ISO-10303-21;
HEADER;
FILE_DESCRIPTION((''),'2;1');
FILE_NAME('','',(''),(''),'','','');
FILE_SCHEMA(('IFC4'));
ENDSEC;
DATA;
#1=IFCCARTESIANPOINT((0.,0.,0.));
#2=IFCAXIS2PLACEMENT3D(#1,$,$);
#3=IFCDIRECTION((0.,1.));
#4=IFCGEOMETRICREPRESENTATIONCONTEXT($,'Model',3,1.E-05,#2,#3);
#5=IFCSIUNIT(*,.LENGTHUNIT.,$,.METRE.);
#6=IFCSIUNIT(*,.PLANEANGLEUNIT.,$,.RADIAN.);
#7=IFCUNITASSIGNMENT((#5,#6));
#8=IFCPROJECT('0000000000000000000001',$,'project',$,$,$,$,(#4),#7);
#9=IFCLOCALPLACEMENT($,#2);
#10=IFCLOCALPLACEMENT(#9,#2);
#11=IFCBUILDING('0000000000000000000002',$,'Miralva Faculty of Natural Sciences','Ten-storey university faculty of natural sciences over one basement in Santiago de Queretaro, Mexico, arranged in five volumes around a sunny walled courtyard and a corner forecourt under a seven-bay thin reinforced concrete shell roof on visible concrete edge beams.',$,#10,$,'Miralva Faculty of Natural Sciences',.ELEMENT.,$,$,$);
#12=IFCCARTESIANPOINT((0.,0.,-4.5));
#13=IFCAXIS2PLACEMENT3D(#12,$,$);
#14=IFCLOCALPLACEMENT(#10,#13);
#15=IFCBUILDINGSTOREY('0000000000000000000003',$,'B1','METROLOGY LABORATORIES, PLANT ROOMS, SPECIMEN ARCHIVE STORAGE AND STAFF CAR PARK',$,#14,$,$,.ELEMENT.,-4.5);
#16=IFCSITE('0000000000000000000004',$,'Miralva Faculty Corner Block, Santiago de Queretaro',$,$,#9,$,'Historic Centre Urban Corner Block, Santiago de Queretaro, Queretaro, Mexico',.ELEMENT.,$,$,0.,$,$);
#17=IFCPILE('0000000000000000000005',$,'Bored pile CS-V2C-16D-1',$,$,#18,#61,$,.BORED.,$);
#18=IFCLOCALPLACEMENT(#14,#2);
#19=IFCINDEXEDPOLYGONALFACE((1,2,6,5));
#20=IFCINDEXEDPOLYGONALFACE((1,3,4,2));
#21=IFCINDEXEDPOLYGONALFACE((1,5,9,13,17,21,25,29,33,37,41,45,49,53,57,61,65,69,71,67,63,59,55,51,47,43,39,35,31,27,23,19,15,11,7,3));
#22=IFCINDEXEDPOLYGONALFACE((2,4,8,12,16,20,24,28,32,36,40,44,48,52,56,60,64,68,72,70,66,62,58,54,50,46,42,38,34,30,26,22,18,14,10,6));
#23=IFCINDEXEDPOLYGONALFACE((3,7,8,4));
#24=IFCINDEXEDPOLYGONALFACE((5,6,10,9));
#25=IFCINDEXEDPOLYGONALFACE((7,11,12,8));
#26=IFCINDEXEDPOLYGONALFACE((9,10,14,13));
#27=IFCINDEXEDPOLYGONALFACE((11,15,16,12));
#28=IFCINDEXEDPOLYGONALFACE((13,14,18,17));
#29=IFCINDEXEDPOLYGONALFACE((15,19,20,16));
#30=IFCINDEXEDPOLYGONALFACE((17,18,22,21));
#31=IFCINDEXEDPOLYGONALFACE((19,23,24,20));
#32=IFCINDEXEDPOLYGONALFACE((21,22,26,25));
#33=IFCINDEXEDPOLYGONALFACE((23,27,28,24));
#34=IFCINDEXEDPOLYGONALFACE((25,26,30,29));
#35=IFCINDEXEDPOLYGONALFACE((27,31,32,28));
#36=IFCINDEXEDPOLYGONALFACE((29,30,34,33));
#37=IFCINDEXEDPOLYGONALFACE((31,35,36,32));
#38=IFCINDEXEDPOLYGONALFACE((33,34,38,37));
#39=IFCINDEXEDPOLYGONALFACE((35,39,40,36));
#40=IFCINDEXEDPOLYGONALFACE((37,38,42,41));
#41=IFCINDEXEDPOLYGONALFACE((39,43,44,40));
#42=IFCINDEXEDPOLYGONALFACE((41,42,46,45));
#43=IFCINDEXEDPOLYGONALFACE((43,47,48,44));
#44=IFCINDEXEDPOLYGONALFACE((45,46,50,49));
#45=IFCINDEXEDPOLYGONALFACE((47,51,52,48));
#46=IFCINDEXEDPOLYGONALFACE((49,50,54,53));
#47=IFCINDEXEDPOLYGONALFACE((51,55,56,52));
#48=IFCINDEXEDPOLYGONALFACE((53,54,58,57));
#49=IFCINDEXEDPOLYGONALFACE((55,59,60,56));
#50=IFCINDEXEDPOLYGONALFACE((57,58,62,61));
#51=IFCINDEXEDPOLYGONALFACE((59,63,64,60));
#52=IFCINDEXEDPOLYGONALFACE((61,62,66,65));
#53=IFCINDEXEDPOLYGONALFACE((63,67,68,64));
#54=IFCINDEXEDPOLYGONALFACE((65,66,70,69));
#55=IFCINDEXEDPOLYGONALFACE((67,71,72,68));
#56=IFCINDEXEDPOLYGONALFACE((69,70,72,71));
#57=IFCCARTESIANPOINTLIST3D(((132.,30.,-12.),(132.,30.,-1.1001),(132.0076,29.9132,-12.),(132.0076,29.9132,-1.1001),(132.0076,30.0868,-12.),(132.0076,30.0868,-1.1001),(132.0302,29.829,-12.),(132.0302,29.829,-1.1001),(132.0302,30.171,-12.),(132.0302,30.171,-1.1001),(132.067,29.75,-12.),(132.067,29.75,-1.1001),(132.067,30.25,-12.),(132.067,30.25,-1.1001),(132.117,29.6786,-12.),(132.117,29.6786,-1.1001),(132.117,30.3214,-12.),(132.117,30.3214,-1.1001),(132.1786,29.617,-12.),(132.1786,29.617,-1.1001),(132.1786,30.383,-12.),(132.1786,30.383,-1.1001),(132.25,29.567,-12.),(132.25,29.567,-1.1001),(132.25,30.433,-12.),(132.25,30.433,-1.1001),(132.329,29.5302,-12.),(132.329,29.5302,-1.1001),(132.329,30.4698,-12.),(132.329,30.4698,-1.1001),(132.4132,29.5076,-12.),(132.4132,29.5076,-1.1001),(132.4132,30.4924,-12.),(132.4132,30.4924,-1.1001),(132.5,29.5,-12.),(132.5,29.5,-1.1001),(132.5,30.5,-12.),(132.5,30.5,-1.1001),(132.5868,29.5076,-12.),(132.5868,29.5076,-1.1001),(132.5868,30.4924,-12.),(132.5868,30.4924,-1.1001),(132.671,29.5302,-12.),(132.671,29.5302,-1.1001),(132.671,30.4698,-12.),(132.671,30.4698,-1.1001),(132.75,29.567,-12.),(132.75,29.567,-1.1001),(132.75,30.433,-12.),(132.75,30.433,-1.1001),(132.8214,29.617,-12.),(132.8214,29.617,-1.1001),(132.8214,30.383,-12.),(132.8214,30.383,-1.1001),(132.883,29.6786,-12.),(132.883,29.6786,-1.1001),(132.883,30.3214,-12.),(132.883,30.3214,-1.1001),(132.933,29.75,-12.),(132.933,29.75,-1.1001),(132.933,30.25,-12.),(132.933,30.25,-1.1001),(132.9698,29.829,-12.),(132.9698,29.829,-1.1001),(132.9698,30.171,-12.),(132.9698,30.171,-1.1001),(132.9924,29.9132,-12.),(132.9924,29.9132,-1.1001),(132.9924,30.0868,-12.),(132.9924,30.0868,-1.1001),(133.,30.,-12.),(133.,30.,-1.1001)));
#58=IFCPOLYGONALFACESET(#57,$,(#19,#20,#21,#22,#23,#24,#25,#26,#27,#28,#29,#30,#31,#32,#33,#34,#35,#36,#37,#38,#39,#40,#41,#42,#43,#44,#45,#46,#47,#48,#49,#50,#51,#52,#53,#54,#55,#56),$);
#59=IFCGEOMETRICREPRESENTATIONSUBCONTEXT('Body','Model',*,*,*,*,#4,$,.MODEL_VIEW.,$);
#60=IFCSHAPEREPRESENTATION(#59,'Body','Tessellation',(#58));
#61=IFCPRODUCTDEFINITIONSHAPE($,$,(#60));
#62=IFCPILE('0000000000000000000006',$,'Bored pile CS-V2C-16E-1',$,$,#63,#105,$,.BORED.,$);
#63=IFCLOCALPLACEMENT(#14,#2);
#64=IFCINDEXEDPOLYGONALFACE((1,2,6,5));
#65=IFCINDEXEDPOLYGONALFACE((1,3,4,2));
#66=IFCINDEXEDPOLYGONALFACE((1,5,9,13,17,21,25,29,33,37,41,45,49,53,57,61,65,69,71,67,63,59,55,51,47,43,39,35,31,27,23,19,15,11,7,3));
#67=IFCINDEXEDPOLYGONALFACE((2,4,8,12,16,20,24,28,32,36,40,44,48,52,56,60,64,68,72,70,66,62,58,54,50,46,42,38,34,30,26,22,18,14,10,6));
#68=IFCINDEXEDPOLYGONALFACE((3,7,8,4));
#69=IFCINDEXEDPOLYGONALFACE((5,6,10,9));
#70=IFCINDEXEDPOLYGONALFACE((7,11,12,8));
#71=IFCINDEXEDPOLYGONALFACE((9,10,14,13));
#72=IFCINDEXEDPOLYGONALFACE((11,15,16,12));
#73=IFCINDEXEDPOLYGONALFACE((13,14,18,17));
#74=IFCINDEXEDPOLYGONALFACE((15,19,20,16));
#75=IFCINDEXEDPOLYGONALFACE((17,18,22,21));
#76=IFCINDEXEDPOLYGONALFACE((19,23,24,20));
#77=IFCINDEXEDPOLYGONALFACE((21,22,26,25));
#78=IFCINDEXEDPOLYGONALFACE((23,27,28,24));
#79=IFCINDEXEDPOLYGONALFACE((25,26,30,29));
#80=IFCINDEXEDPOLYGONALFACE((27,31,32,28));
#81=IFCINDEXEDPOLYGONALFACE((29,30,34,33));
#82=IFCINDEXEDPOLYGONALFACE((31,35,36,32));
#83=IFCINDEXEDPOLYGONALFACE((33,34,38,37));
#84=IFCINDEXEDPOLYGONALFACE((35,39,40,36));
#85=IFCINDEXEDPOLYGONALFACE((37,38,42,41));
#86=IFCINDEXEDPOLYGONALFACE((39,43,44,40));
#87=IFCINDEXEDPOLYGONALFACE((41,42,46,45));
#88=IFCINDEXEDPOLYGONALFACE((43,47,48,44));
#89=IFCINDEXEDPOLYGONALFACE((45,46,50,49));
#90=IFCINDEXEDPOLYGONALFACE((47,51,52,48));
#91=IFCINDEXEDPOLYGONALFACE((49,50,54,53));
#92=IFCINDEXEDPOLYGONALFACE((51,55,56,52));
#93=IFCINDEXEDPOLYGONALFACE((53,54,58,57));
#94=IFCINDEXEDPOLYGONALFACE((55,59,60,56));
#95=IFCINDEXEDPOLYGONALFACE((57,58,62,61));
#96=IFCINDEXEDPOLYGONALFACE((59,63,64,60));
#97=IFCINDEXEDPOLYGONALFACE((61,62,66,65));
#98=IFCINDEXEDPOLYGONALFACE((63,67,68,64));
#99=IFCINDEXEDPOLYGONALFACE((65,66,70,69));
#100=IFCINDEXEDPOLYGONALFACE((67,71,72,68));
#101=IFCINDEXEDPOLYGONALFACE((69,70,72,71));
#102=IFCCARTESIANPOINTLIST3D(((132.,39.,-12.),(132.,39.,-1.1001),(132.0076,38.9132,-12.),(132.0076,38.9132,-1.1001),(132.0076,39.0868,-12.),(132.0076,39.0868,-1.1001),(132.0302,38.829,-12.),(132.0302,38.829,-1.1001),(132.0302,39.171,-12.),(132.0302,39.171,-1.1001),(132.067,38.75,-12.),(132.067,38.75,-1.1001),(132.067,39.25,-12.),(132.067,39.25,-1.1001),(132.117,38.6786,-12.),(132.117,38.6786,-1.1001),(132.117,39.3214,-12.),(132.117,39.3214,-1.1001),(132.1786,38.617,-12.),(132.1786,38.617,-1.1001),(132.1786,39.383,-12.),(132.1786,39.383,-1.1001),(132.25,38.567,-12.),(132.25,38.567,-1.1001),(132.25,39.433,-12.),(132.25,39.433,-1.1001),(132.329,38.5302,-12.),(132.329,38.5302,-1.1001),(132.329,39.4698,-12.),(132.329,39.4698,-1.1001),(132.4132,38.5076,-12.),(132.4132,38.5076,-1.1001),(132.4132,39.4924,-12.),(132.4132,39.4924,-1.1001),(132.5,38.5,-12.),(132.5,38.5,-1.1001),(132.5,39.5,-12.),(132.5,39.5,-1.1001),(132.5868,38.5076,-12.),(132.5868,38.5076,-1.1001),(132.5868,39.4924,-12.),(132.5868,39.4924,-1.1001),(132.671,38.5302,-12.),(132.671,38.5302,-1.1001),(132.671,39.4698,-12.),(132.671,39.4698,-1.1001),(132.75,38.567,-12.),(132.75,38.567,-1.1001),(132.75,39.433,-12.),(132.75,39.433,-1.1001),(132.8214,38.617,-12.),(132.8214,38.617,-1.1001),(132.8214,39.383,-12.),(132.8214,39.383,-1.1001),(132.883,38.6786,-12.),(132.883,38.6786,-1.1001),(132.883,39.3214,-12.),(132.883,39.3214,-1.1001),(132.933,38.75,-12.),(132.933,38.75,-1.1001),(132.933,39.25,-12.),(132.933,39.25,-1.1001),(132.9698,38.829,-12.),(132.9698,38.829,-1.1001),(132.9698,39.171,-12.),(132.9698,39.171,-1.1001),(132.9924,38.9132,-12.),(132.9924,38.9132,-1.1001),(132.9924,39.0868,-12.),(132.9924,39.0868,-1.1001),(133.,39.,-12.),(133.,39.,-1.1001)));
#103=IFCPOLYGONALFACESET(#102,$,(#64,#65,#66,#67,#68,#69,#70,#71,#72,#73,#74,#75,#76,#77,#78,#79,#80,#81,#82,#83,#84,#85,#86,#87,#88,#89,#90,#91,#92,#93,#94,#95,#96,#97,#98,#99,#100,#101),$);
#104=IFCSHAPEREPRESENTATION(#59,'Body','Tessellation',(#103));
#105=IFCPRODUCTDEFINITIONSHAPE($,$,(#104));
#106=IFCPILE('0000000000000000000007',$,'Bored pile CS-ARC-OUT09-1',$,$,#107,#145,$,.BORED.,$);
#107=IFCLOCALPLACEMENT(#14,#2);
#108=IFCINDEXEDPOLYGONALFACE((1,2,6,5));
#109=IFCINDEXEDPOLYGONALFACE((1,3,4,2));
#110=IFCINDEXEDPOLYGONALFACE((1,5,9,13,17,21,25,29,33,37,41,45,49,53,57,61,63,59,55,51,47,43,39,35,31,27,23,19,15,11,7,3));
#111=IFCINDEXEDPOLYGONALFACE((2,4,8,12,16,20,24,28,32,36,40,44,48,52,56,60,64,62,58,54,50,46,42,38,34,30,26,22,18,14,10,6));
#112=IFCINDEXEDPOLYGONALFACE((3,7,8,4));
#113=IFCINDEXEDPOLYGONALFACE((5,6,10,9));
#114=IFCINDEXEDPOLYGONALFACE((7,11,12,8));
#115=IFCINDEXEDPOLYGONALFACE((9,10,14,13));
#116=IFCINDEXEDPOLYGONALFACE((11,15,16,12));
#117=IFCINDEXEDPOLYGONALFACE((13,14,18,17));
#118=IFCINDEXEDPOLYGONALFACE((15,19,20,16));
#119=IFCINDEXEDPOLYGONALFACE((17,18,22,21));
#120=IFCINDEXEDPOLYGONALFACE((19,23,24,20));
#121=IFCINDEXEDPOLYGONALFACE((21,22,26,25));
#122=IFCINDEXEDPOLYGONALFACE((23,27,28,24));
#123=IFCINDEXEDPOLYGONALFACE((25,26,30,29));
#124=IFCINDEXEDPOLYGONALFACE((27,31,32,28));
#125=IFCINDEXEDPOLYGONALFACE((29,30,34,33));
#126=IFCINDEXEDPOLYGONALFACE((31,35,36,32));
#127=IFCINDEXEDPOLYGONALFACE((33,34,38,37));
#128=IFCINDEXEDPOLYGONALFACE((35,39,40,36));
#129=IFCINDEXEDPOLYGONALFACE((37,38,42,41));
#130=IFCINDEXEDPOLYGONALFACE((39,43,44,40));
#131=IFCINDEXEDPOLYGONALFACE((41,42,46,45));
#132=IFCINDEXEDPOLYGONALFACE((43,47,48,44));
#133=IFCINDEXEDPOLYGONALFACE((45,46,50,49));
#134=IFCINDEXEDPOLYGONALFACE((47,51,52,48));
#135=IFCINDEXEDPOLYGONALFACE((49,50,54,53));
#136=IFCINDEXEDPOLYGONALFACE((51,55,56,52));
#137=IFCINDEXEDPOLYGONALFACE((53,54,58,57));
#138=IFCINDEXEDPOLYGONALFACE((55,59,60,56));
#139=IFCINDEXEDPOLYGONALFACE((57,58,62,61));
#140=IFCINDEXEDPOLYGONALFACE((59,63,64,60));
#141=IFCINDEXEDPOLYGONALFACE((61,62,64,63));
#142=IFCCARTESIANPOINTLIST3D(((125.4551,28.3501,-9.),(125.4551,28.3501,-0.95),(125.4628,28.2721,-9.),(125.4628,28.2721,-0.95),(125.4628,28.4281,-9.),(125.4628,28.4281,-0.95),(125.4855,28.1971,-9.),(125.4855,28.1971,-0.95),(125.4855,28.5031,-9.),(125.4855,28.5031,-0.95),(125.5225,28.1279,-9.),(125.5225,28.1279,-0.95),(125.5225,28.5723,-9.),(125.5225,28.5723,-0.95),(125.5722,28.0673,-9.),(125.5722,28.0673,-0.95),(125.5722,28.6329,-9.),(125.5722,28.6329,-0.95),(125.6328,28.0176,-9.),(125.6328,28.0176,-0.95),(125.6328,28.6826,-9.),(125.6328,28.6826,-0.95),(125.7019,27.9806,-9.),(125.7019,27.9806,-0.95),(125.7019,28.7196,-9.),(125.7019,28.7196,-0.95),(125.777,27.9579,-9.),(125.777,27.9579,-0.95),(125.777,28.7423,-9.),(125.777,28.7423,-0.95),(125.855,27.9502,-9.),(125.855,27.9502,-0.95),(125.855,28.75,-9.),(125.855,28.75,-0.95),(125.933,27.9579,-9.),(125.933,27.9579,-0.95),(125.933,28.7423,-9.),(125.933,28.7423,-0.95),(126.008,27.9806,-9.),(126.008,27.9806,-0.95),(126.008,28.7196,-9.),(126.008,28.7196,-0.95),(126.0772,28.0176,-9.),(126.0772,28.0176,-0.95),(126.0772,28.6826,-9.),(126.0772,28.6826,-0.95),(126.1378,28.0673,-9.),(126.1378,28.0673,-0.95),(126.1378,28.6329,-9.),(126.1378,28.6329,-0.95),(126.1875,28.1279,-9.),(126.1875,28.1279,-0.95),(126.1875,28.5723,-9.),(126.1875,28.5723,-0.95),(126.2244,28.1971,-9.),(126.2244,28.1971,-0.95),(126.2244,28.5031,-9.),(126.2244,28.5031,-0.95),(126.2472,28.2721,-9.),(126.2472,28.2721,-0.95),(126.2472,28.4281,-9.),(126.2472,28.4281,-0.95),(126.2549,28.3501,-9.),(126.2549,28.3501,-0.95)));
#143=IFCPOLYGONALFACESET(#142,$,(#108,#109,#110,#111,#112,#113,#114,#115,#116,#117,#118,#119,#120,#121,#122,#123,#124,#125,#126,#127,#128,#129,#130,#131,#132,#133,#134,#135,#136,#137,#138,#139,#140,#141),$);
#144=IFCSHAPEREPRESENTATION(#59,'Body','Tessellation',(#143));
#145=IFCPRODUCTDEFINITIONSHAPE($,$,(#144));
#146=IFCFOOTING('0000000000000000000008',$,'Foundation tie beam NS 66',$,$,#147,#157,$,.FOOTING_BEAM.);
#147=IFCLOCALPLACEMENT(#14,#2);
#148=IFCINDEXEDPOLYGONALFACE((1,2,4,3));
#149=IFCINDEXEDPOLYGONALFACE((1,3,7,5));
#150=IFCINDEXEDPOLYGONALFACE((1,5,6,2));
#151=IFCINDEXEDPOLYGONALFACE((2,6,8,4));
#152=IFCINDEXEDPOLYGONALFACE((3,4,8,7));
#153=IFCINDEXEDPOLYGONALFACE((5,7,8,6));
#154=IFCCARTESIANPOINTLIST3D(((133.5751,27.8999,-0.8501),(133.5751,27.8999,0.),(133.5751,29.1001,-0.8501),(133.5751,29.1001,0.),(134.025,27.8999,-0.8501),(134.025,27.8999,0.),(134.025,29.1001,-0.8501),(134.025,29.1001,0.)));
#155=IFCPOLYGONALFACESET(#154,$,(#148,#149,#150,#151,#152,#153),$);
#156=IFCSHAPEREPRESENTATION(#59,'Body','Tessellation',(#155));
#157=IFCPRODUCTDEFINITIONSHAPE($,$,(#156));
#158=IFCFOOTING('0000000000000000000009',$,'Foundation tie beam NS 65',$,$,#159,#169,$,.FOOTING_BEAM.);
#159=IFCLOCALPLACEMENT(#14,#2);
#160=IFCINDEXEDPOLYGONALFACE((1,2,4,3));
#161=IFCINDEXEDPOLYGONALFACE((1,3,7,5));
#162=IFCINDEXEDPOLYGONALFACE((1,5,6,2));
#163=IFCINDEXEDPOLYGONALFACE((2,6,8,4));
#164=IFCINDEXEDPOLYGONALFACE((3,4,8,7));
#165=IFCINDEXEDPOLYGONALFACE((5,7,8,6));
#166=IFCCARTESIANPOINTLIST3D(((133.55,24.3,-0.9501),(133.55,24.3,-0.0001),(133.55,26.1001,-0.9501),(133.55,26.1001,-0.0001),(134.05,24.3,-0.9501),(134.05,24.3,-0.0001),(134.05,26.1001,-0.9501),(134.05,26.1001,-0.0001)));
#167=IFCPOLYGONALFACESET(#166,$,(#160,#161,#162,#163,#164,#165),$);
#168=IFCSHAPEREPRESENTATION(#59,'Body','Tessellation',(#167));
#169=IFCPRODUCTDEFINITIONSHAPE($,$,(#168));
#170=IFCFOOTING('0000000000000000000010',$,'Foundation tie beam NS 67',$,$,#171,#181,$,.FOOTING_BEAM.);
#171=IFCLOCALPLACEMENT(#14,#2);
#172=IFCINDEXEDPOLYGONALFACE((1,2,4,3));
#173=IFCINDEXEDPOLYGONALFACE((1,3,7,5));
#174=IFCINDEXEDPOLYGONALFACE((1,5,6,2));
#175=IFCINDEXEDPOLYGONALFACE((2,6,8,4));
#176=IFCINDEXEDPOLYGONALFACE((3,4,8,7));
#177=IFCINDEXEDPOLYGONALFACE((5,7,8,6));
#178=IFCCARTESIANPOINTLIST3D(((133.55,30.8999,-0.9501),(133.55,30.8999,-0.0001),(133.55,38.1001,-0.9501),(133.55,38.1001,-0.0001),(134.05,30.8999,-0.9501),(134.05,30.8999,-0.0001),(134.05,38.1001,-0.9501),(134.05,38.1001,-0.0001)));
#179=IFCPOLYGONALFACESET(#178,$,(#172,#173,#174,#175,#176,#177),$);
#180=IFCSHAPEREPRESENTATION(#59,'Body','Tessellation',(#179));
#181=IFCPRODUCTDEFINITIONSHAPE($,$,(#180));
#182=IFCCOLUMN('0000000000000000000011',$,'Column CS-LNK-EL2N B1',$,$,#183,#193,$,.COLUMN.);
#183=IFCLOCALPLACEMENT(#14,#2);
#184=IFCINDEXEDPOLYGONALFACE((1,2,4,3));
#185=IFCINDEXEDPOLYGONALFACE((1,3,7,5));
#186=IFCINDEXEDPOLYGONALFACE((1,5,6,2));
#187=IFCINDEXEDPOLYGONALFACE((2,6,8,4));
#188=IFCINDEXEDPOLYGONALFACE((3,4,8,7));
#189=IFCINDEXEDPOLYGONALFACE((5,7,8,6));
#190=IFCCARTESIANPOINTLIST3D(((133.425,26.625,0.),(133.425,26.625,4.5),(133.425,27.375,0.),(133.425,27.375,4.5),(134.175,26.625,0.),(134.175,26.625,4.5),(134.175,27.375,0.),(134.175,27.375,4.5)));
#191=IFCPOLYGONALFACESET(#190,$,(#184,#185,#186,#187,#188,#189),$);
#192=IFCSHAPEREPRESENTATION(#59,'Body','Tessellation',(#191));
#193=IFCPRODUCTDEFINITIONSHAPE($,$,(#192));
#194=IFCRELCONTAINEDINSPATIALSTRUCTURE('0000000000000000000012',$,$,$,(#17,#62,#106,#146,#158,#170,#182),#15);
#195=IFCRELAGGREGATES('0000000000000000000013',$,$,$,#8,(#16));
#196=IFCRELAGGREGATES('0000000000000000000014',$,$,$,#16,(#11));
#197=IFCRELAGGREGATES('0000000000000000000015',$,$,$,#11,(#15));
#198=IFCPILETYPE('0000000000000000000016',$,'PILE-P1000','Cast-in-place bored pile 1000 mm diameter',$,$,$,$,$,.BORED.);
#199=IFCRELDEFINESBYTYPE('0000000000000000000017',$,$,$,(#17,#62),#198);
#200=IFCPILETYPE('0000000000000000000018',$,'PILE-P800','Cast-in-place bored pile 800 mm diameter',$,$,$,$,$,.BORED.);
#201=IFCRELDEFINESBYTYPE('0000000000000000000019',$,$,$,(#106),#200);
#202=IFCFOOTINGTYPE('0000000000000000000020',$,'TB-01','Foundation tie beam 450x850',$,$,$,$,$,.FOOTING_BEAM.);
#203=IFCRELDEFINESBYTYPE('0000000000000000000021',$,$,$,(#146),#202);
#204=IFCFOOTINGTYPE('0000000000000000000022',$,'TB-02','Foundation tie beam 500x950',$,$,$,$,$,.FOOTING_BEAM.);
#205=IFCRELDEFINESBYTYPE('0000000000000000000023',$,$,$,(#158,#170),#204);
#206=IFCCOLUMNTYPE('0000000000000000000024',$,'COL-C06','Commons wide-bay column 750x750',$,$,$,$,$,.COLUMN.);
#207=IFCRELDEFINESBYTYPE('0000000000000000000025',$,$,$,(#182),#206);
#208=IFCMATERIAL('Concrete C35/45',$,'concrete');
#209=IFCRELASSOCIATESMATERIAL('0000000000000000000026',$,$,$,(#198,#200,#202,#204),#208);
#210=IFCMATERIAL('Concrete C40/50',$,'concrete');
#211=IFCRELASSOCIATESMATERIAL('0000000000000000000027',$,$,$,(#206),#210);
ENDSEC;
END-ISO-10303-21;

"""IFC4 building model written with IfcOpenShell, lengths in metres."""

from ifc_helpers import new_model, si_unit, direction, frame, origin, origin_2d, place, context, subcontext, project, spatial, rectangle, circle, extrude, material, material_profile, profile_set, type_object, element, save


model = new_model("IFC4")

# Units and contexts
model_context = context("Model", 3, precision=1e-05, world=origin(), true_north=direction((0.0, 1.0)))
body_context = subcontext(model_context, "Body", "Model", "MODEL_VIEW")
ifc_project = project(units=[si_unit("LENGTHUNIT", "METRE"), si_unit("PLANEANGLEUNIT", "RADIAN")], contexts=[model_context])

# Site, building, storey
site_placement = place(None, origin())
site = spatial("IfcSite", under=ifc_project, at=site_placement, Name="Miralva Faculty Corner Block, Santiago de Queretaro", LongName="Historic Centre Urban Corner Block, Santiago de Queretaro, Queretaro, Mexico", CompositionType="ELEMENT", RefElevation=0.0)
building_placement = place(site_placement, origin())
building = spatial("IfcBuilding", under=site, at=building_placement, Name="Miralva Faculty of Natural Sciences", Description="Ten-storey university faculty of natural sciences over one basement in Santiago de Queretaro, Mexico, arranged in five volumes around a sunny walled courtyard and a corner forecourt under a seven-bay thin reinforced concrete shell roof on visible concrete edge beams.", LongName="Miralva Faculty of Natural Sciences", CompositionType="ELEMENT")
storey_placement = place(building_placement, frame((0.0, 0.0, -4.5)))
storey = spatial("IfcBuildingStorey", under=building, at=storey_placement, Name="B1", Description="METROLOGY LABORATORIES, PLANT ROOMS, SPECIMEN ARCHIVE STORAGE AND STAFF CAR PARK", CompositionType="ELEMENT", Elevation=-4.5)

# Shared definitions
ifc_material_1 = material(Name="Concrete C35/45", Category="concrete")

# Piles
ifc_material_profile_1 = material_profile(ifc_material_1, circle(Radius=0.5, at=origin_2d()), Name="BORED PILE 1000")
ifc_profile_set_1 = profile_set([ifc_material_profile_1], Name="Concrete C35/45")
pile_type_1 = type_object("IfcPileType", Name="PILE-P1000", Description="Cast-in-place bored pile 1000 mm diameter", PredefinedType="BORED", material=ifc_profile_set_1)
for number, where, z_axis, x_axis, name in (
    (1, (132.5, 30.0, -1.1001), (0.0, 0.0, -1.0), (1.0, 0.0, 0.0), "Bored pile CS-V2C-16D-1"),
    (2, (132.5, 39.0, -1.1001), (0.0, 0.0, -1.0), (1.0, 0.0, 0.0), "Bored pile CS-V2C-16E-1"),
):
    element("IfcPile", number, at=place(storey_placement, frame(where, z_axis=z_axis, x_axis=x_axis)), inside=storey, type_object=pile_type_1, Name=name, PredefinedType="BORED", context=body_context, shape_type="SweptSolid", body=[
        extrude(circle(Radius=0.5, at=origin_2d()), origin(), (0.0, 0.0, 1.0), 10.8999),
    ])
ifc_material_profile_2 = material_profile(ifc_material_1, circle(Radius=0.3999, at=origin_2d()), Name="BORED PILE 800")
ifc_profile_set_2 = profile_set([ifc_material_profile_2], Name="Concrete C35/45")
pile_type_2 = type_object("IfcPileType", Name="PILE-P800", Description="Cast-in-place bored pile 800 mm diameter", PredefinedType="BORED", material=ifc_profile_set_2)
pile_placement = place(storey_placement, frame((125.855, 28.3501, -0.95), z_axis=(0.0, 0.0, -1.0), x_axis=(1.0, 0.0, 0.0)))
element("IfcPile", 3, at=pile_placement, inside=storey, type_object=pile_type_2, Name="Bored pile CS-ARC-OUT09-1", PredefinedType="BORED", context=body_context, shape_type="SweptSolid", body=[
    extrude(circle(Radius=0.3999, at=origin_2d()), origin(), (0.0, 0.0, 1.0), 8.05),
])

# Footings
ifc_material_profile_3 = material_profile(ifc_material_1, rectangle(XDim=0.45, YDim=0.8501, at=origin_2d()), Name="RC 450x850")
ifc_profile_set_3 = profile_set([ifc_material_profile_3], Name="Concrete C35/45")
footing_type_1 = type_object("IfcFootingType", Name="TB-01", Description="Foundation tie beam 450x850", PredefinedType="FOOTING_BEAM", material=ifc_profile_set_3)
footing_1_placement = place(storey_placement, frame((133.8, 27.8999, -0.425), z_axis=(0.0, 1.0, 0.0), x_axis=(-1.0, 0.0, 0.0)))
element("IfcFooting", 4, at=footing_1_placement, inside=storey, type_object=footing_type_1, Name="Foundation tie beam NS 66", PredefinedType="FOOTING_BEAM", context=body_context, shape_type="SweptSolid", body=[
    extrude(rectangle(XDim=0.45, YDim=0.8501, at=origin_2d()), origin(), (0.0, 0.0, 1.0), 1.2002),
])
ifc_material_profile_4 = material_profile(ifc_material_1, rectangle(XDim=0.5, YDim=0.95, at=origin_2d()), Name="RC 500x950")
ifc_profile_set_4 = profile_set([ifc_material_profile_4], Name="Concrete C35/45")
footing_type_2 = type_object("IfcFootingType", Name="TB-02", Description="Foundation tie beam 500x950", PredefinedType="FOOTING_BEAM", material=ifc_profile_set_4)
footing_2_placement = place(storey_placement, frame((133.8, 24.3, -0.4751), z_axis=(0.0, 1.0, 0.0), x_axis=(-1.0, 0.0, 0.0)))
element("IfcFooting", 5, at=footing_2_placement, inside=storey, type_object=footing_type_2, Name="Foundation tie beam NS 65", PredefinedType="FOOTING_BEAM", context=body_context, shape_type="SweptSolid", body=[
    extrude(rectangle(XDim=0.5, YDim=0.95, at=origin_2d()), origin(), (0.0, 0.0, 1.0), 1.8),
])
footing_3_placement = place(storey_placement, frame((133.8, 30.8999, -0.4751), z_axis=(0.0, 1.0, 0.0), x_axis=(-1.0, 0.0, 0.0)))
element("IfcFooting", 6, at=footing_3_placement, inside=storey, type_object=footing_type_2, Name="Foundation tie beam NS 67", PredefinedType="FOOTING_BEAM", context=body_context, shape_type="SweptSolid", body=[
    extrude(rectangle(XDim=0.5, YDim=0.95, at=origin_2d()), origin(), (0.0, 0.0, 1.0), 7.2002),
])

# Column
ifc_material_2 = material(Name="Concrete C40/50", Category="concrete")
ifc_material_profile_5 = material_profile(ifc_material_2, rectangle(XDim=0.75, YDim=0.75, at=origin_2d()), Name="RC 750x750")
ifc_profile_set_5 = profile_set([ifc_material_profile_5], Name="Concrete C40/50")
column_type_1 = type_object("IfcColumnType", Name="COL-C06", Description="Commons wide-bay column 750x750", PredefinedType="COLUMN", material=ifc_profile_set_5)
for number, where, z_axis, x_axis, name in (
    (7, (133.8, 27.0, 0.0), (0.0, 0.0, 1.0), (1.0, 0.0, 0.0), "Column CS-LNK-EL2N B1"),
):
    element("IfcColumn", number, at=place(storey_placement, frame(where, z_axis=z_axis, x_axis=x_axis)), inside=storey, type_object=column_type_1, Name=name, PredefinedType="COLUMN", context=body_context, shape_type="SweptSolid", body=[
        extrude(rectangle(XDim=0.75, YDim=0.75, at=origin_2d()), origin(), (0.0, 0.0, 1.0), 4.5),
    ])

save(model, "model.ifc")
